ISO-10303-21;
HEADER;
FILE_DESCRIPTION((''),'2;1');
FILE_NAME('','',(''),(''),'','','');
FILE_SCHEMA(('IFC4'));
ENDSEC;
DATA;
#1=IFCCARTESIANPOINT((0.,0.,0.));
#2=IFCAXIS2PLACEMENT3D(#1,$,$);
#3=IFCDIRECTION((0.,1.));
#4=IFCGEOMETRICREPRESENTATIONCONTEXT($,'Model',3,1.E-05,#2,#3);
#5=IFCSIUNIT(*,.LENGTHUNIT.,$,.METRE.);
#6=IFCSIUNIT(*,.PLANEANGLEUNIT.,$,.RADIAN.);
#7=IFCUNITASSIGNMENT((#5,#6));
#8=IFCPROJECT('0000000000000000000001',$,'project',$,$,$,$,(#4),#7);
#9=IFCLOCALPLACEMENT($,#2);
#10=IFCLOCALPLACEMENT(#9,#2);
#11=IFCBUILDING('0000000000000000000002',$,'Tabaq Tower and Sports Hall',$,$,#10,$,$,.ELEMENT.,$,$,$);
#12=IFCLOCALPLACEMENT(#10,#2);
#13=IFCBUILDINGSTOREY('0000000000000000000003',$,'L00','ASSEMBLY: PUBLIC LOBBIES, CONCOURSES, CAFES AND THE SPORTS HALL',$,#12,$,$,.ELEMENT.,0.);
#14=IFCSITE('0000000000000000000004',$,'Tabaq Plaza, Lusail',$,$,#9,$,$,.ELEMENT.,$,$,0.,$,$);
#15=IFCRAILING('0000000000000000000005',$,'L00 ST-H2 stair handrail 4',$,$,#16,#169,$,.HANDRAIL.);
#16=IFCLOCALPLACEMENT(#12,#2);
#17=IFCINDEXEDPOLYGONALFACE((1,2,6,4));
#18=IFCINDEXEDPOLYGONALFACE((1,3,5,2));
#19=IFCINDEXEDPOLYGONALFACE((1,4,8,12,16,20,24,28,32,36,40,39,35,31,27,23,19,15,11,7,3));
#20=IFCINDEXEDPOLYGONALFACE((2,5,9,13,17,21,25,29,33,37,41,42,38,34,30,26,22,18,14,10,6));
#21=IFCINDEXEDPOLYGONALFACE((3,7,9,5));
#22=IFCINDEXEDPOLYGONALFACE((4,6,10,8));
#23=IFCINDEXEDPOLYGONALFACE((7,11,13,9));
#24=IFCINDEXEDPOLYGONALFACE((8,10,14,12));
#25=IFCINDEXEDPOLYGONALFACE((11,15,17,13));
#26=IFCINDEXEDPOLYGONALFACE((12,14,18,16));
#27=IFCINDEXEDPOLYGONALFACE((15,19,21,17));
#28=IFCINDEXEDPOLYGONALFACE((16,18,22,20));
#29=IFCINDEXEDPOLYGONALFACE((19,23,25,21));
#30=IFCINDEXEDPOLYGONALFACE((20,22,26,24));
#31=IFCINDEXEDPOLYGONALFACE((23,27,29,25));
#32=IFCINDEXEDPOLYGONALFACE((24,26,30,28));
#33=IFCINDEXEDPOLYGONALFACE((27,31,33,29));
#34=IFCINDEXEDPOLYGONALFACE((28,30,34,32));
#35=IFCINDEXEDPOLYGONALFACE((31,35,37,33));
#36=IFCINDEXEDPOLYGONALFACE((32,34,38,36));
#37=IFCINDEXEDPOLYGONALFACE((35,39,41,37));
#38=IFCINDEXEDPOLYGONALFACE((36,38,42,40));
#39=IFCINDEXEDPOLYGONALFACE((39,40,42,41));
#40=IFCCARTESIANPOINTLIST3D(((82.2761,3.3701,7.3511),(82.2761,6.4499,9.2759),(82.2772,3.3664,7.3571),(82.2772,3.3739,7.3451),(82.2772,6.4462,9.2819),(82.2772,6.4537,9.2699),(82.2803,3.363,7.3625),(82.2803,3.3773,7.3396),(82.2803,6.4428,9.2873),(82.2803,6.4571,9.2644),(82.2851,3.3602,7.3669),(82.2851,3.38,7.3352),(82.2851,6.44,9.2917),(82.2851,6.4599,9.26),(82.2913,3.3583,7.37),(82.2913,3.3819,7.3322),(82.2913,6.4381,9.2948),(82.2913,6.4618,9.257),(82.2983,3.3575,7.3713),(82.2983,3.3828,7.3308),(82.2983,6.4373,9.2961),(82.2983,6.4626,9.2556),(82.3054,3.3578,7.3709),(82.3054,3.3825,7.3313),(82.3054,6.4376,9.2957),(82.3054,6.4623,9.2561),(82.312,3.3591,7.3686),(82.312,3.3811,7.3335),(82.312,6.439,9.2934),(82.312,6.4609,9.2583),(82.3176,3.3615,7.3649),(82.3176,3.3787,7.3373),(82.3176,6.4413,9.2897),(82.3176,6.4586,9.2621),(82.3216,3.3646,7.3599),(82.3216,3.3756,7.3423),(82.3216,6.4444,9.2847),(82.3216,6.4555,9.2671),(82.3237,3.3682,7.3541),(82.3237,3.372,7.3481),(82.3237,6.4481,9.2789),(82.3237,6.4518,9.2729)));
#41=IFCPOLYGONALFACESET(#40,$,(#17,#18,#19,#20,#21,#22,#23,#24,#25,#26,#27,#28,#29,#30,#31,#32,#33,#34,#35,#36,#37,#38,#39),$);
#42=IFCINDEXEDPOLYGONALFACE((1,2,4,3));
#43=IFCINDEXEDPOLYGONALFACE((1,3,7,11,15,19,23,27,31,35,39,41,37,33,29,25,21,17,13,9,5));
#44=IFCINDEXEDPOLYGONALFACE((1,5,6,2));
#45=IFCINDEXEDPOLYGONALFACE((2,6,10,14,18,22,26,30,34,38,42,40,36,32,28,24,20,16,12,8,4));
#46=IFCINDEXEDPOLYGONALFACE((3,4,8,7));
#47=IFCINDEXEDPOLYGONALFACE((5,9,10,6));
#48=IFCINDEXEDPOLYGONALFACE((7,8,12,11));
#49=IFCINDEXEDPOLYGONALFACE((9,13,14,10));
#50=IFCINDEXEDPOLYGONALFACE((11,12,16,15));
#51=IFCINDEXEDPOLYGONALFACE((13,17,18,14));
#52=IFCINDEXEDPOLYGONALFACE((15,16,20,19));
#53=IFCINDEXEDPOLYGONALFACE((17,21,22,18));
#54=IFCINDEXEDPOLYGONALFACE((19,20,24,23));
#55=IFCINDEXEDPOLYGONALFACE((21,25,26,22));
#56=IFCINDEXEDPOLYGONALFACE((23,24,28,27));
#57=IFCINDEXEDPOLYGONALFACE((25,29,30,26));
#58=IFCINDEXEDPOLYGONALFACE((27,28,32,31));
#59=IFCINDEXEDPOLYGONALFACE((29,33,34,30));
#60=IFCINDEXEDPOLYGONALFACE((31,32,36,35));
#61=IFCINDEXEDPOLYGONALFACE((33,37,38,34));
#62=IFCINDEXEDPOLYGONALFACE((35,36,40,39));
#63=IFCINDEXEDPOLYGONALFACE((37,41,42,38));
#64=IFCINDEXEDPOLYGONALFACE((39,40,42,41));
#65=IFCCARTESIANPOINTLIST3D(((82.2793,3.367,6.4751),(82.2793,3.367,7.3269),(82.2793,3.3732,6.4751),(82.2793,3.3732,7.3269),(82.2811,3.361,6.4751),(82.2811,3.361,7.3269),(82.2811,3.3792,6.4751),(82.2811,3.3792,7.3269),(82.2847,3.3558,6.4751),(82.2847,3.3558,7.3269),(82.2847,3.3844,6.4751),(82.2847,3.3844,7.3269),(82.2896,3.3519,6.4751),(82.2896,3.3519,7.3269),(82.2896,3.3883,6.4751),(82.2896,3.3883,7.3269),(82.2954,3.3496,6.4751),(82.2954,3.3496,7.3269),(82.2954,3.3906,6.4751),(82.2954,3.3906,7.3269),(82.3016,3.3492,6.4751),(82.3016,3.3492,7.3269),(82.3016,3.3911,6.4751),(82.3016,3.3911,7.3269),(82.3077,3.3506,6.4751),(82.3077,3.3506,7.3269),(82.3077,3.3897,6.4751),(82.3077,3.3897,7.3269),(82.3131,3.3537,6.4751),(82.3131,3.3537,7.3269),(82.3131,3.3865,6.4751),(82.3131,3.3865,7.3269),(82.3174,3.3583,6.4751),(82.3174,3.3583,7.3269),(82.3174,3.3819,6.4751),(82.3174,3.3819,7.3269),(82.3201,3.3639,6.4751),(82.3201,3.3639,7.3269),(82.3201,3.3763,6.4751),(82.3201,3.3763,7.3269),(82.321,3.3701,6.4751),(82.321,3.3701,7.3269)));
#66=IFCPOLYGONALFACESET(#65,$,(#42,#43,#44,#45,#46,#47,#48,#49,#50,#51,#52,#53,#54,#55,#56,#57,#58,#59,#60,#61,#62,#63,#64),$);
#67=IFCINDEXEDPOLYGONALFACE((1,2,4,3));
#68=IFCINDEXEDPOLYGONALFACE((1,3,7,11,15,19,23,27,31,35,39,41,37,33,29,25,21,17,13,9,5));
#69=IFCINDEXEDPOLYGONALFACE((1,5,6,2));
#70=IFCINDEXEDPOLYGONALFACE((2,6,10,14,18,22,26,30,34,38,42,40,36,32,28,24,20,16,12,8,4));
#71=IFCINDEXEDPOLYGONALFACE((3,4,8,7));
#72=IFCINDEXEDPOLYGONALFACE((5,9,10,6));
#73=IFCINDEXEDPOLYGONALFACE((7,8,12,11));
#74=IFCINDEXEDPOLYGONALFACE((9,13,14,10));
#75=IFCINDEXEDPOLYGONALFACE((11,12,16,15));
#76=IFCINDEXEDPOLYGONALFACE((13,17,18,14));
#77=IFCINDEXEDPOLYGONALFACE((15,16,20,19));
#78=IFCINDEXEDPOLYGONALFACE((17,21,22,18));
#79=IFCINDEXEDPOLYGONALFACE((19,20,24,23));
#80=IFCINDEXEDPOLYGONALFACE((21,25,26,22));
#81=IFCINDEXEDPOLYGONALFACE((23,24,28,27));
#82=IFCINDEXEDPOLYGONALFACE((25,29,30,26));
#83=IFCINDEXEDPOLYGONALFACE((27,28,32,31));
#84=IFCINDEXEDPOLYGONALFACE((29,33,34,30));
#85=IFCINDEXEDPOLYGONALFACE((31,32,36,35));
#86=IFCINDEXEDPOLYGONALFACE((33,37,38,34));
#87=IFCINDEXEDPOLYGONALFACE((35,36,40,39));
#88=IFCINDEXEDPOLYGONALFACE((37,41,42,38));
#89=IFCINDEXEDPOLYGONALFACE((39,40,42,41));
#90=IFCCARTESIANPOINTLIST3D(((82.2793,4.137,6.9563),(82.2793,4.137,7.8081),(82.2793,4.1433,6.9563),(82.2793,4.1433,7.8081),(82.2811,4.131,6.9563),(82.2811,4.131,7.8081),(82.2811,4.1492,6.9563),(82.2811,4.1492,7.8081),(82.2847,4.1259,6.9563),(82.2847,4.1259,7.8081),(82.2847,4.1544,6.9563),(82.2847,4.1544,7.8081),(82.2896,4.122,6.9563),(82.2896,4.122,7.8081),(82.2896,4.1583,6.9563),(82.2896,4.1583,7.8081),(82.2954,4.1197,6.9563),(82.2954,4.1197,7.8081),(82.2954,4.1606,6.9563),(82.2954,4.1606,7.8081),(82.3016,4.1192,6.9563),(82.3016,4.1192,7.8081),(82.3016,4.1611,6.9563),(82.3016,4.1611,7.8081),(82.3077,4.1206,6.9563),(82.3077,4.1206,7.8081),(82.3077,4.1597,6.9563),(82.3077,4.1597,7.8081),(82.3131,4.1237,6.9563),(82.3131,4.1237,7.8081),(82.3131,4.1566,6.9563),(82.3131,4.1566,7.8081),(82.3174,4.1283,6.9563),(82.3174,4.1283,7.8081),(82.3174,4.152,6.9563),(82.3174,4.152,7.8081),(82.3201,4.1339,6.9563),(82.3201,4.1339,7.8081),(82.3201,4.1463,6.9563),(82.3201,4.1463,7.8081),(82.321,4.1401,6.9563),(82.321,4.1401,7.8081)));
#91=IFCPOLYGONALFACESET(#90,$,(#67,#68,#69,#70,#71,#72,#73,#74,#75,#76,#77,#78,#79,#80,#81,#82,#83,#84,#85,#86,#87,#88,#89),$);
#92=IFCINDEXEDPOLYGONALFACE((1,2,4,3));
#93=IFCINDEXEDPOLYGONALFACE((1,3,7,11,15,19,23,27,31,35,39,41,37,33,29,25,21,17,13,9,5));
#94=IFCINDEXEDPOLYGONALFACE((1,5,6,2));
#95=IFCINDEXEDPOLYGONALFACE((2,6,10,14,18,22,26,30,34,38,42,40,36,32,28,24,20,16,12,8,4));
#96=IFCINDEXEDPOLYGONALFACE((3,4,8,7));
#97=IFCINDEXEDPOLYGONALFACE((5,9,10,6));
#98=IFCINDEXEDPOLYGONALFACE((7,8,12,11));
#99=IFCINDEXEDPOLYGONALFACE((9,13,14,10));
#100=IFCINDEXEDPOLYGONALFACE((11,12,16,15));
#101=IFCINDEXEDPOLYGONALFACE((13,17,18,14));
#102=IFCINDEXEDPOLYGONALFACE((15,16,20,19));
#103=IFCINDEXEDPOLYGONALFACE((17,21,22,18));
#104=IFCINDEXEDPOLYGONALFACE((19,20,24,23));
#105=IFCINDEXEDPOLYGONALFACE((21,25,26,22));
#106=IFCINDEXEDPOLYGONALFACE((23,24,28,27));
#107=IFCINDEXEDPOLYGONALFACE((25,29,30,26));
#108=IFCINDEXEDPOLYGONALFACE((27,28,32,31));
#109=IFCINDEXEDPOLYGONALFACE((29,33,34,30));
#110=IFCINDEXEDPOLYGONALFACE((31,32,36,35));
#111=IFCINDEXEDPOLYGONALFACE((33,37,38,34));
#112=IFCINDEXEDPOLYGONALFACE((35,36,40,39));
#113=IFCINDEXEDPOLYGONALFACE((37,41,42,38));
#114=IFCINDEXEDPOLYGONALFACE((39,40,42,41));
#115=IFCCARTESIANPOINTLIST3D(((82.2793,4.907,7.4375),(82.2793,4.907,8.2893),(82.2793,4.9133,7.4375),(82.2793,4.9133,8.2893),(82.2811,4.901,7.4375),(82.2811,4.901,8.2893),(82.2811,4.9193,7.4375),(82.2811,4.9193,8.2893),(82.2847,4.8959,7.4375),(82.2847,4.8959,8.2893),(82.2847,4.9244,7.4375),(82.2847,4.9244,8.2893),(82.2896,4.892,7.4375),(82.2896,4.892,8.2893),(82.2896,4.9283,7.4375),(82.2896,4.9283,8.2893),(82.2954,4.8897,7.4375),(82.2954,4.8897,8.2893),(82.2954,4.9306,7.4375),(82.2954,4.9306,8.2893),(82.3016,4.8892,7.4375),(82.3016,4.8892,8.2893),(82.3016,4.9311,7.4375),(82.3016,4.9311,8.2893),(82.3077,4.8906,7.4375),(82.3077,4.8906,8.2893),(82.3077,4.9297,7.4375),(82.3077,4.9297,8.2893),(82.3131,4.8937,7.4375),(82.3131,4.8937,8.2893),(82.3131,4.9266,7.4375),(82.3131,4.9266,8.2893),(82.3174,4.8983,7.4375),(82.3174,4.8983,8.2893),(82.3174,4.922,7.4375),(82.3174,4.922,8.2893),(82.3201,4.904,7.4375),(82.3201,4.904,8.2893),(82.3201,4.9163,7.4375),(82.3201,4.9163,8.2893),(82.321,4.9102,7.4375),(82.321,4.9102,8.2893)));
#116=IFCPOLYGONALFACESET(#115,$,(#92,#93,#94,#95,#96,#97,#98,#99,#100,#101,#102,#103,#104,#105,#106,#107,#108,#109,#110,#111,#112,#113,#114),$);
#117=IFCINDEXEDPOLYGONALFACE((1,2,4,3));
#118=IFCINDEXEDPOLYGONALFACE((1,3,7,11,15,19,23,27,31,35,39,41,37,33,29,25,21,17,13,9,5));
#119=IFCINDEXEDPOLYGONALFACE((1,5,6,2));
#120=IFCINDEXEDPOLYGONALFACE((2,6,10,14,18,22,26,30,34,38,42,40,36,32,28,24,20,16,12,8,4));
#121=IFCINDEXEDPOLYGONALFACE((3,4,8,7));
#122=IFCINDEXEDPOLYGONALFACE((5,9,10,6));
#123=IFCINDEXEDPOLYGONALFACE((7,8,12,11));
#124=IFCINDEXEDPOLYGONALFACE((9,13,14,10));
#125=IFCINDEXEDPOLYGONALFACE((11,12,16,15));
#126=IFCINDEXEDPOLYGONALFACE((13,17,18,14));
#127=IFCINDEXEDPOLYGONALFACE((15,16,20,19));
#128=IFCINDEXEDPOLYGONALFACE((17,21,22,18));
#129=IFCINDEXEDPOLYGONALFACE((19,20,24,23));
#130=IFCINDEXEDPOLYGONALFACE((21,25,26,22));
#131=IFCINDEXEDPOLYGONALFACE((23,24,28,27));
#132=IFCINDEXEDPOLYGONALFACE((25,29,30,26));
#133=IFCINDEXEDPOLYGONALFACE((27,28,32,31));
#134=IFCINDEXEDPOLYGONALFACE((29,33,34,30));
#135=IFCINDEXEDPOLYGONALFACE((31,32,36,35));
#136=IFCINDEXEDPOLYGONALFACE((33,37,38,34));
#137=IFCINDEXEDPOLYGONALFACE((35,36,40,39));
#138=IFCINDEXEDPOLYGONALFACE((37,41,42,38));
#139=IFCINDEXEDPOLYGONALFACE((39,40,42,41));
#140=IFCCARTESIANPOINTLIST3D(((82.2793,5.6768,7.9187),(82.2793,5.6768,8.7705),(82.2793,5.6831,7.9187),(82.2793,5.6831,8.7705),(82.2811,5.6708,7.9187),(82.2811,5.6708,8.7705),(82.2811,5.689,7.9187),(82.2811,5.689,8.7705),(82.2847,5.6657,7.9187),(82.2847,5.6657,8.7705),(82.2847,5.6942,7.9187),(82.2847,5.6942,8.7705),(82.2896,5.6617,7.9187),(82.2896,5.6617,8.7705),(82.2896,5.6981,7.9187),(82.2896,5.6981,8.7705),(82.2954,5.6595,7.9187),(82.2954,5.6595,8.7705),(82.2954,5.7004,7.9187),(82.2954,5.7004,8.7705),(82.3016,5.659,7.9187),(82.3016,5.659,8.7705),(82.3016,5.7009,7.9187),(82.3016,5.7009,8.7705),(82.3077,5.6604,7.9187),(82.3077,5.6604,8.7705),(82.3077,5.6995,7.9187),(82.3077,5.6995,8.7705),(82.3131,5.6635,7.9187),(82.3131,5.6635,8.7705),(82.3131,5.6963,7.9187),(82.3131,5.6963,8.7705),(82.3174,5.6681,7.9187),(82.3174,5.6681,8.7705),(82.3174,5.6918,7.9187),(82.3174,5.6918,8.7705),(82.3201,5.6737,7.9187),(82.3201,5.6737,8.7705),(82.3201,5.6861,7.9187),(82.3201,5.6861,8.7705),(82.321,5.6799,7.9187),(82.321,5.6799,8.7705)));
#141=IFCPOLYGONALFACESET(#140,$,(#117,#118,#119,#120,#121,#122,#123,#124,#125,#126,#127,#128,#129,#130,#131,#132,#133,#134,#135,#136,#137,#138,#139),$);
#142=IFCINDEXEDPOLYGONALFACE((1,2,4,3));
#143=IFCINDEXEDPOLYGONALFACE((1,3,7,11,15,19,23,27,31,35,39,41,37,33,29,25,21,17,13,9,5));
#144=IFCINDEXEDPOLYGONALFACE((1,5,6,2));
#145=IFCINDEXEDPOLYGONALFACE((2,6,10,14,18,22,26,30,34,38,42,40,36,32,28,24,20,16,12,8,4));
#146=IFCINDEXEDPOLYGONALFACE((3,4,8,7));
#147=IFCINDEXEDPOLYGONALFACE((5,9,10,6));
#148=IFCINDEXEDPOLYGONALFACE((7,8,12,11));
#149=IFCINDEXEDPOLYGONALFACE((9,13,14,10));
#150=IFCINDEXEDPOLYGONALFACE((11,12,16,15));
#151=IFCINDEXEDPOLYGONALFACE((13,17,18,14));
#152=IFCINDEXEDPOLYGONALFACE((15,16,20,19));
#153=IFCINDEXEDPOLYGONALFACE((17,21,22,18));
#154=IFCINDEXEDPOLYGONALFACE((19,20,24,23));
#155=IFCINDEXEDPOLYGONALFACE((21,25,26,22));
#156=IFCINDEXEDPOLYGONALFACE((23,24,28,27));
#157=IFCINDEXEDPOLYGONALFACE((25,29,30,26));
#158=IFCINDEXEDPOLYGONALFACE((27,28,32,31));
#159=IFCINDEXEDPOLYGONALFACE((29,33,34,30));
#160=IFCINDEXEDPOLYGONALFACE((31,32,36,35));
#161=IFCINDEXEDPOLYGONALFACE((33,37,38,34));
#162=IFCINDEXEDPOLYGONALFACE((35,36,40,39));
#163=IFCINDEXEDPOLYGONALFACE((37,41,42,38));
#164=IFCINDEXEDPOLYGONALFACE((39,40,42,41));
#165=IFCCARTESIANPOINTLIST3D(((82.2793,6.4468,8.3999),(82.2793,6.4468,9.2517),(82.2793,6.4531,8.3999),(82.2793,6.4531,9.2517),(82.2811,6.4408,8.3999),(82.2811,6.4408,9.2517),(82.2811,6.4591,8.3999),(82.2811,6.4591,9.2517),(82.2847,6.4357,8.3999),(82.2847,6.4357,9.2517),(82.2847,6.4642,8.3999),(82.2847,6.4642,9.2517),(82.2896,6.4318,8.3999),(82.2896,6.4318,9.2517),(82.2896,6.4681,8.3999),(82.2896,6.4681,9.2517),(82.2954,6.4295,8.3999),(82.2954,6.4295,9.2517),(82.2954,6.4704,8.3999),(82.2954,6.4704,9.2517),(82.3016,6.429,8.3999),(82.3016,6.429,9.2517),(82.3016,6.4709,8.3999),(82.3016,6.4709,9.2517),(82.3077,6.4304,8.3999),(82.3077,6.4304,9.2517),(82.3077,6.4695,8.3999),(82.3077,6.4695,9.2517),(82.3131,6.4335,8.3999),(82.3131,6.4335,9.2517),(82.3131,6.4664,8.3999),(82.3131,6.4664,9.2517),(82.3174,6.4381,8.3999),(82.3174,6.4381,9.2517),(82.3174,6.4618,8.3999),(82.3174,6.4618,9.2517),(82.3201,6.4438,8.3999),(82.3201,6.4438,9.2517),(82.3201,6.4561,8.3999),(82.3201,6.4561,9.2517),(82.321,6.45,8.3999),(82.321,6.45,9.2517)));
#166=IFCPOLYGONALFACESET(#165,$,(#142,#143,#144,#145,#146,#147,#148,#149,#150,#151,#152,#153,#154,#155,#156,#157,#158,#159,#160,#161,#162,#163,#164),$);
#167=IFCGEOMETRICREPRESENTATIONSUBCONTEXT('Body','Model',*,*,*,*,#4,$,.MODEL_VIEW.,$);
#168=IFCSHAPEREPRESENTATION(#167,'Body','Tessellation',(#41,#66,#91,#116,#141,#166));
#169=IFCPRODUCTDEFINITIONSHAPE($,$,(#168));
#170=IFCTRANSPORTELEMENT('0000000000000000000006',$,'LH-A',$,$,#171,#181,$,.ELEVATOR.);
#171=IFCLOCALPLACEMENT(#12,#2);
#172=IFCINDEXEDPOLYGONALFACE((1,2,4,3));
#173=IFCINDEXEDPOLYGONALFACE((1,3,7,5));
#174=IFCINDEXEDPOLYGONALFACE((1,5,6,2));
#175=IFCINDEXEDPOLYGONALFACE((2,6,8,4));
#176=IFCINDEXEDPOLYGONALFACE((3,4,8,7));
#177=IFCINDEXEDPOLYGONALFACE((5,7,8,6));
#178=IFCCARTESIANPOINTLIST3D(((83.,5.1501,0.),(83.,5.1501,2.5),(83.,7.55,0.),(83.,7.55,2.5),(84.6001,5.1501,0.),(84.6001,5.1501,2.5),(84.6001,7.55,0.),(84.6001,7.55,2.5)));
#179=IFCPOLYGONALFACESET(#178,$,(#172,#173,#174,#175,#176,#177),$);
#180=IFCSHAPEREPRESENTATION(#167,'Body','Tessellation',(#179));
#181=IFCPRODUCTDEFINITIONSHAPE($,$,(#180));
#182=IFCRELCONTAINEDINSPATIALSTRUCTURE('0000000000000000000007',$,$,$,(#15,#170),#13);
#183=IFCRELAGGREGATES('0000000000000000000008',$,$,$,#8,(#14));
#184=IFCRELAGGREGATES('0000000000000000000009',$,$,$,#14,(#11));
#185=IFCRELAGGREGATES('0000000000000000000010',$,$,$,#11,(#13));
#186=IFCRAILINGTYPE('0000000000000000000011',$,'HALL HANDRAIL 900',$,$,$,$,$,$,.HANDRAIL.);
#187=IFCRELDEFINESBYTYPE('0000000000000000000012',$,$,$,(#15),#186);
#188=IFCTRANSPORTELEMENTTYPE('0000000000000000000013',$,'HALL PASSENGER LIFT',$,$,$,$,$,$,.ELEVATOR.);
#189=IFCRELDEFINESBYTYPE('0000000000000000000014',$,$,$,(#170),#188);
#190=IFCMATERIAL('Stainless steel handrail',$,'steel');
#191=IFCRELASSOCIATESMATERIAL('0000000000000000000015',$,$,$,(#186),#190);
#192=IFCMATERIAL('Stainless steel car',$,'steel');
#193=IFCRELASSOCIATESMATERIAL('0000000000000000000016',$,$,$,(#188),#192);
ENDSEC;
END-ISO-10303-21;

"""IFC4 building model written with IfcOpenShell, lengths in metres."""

from ifc_helpers import new_model, si_unit, direction, frame, origin, origin_2d, place, context, subcontext, project, spatial, rectangle, circle, extrude, material, type_object, element, save


model = new_model("IFC4")

# Units and contexts
model_context = context("Model", 3, precision=1e-05, world=origin(), true_north=direction((0.0, 1.0)))
body_context = subcontext(model_context, "Body", "Model", "MODEL_VIEW")
ifc_project = project(units=[si_unit("LENGTHUNIT", "METRE"), si_unit("PLANEANGLEUNIT", "RADIAN")], contexts=[model_context])

# Site, building, storey
site_placement = place(None, origin())
site = spatial("IfcSite", under=ifc_project, at=site_placement, Name="Tabaq Plaza, Lusail", CompositionType="ELEMENT", RefElevation=0.0)
building_placement = place(site_placement, origin())
building = spatial("IfcBuilding", under=site, at=building_placement, Name="Tabaq Tower and Sports Hall", CompositionType="ELEMENT")
storey_placement = place(building_placement, origin())
storey = spatial("IfcBuildingStorey", under=building, at=storey_placement, Name="L00", Description="ASSEMBLY: PUBLIC LOBBIES, CONCOURSES, CAFES AND THE SPORTS HALL", CompositionType="ELEMENT", Elevation=0.0)

# Railing
ifc_material_1 = material(Name="Stainless steel handrail", Category="steel")
railing_type = type_object("IfcRailingType", Name="HALL HANDRAIL 900", PredefinedType="HANDRAIL", material=ifc_material_1)
railing_1_placement = place(storey_placement, frame((82.3, 3.3701, 6.4751)))
element("IfcRailing", 1, at=railing_1_placement, inside=storey, type_object=railing_type, Name="L00 ST-H2 stair handrail 4", PredefinedType="HANDRAIL", context=body_context, shape_type="SweptSolid", body=[
    extrude(circle(Radius=0.0239, at=origin_2d()), frame((0.0, 0.0, 0.876), z_axis=(0.0, 0.84801, 0.529981), x_axis=(-1.0, 0.0, 0.0)), (0.0, 0.0, 1.0), 3.6318),
    extrude(circle(Radius=0.021, at=origin_2d()), origin(), (0.0, 0.0, 1.0), 0.8518),
    extrude(circle(Radius=0.021, at=origin_2d()), frame((0.0, 0.77, 0.4812)), (0.0, 0.0, 1.0), 0.8518),
    extrude(circle(Radius=0.021, at=origin_2d()), frame((0.0, 1.54, 0.9624)), (0.0, 0.0, 1.0), 0.8518),
    extrude(circle(Radius=0.021, at=origin_2d()), frame((0.0, 2.3098, 1.4436)), (0.0, 0.0, 1.0), 0.8518),
    extrude(circle(Radius=0.021, at=origin_2d()), frame((0.0, 3.0798, 1.9248)), (0.0, 0.0, 1.0), 0.8518),
])

# Transport element
ifc_material_2 = material(Name="Stainless steel car", Category="steel")
transport_element_type = type_object("IfcTransportElementType", Name="HALL PASSENGER LIFT", PredefinedType="ELEVATOR", material=ifc_material_2)
transport_element_placement = place(storey_placement, frame((83.8, 6.3501, 0.0), z_axis=(0.0, 0.0, 1.0), x_axis=(1.0, 0.0, 0.0)))
element("IfcTransportElement", 2, at=transport_element_placement, inside=storey, type_object=transport_element_type, Name="LH-A", PredefinedType="ELEVATOR", context=body_context, shape_type="SweptSolid", body=[
    extrude(rectangle(XDim=1.6001, YDim=2.3999, at=origin_2d()), origin(), (0.0, 0.0, 1.0), 2.5),
])

save(model, "model.ifc")
